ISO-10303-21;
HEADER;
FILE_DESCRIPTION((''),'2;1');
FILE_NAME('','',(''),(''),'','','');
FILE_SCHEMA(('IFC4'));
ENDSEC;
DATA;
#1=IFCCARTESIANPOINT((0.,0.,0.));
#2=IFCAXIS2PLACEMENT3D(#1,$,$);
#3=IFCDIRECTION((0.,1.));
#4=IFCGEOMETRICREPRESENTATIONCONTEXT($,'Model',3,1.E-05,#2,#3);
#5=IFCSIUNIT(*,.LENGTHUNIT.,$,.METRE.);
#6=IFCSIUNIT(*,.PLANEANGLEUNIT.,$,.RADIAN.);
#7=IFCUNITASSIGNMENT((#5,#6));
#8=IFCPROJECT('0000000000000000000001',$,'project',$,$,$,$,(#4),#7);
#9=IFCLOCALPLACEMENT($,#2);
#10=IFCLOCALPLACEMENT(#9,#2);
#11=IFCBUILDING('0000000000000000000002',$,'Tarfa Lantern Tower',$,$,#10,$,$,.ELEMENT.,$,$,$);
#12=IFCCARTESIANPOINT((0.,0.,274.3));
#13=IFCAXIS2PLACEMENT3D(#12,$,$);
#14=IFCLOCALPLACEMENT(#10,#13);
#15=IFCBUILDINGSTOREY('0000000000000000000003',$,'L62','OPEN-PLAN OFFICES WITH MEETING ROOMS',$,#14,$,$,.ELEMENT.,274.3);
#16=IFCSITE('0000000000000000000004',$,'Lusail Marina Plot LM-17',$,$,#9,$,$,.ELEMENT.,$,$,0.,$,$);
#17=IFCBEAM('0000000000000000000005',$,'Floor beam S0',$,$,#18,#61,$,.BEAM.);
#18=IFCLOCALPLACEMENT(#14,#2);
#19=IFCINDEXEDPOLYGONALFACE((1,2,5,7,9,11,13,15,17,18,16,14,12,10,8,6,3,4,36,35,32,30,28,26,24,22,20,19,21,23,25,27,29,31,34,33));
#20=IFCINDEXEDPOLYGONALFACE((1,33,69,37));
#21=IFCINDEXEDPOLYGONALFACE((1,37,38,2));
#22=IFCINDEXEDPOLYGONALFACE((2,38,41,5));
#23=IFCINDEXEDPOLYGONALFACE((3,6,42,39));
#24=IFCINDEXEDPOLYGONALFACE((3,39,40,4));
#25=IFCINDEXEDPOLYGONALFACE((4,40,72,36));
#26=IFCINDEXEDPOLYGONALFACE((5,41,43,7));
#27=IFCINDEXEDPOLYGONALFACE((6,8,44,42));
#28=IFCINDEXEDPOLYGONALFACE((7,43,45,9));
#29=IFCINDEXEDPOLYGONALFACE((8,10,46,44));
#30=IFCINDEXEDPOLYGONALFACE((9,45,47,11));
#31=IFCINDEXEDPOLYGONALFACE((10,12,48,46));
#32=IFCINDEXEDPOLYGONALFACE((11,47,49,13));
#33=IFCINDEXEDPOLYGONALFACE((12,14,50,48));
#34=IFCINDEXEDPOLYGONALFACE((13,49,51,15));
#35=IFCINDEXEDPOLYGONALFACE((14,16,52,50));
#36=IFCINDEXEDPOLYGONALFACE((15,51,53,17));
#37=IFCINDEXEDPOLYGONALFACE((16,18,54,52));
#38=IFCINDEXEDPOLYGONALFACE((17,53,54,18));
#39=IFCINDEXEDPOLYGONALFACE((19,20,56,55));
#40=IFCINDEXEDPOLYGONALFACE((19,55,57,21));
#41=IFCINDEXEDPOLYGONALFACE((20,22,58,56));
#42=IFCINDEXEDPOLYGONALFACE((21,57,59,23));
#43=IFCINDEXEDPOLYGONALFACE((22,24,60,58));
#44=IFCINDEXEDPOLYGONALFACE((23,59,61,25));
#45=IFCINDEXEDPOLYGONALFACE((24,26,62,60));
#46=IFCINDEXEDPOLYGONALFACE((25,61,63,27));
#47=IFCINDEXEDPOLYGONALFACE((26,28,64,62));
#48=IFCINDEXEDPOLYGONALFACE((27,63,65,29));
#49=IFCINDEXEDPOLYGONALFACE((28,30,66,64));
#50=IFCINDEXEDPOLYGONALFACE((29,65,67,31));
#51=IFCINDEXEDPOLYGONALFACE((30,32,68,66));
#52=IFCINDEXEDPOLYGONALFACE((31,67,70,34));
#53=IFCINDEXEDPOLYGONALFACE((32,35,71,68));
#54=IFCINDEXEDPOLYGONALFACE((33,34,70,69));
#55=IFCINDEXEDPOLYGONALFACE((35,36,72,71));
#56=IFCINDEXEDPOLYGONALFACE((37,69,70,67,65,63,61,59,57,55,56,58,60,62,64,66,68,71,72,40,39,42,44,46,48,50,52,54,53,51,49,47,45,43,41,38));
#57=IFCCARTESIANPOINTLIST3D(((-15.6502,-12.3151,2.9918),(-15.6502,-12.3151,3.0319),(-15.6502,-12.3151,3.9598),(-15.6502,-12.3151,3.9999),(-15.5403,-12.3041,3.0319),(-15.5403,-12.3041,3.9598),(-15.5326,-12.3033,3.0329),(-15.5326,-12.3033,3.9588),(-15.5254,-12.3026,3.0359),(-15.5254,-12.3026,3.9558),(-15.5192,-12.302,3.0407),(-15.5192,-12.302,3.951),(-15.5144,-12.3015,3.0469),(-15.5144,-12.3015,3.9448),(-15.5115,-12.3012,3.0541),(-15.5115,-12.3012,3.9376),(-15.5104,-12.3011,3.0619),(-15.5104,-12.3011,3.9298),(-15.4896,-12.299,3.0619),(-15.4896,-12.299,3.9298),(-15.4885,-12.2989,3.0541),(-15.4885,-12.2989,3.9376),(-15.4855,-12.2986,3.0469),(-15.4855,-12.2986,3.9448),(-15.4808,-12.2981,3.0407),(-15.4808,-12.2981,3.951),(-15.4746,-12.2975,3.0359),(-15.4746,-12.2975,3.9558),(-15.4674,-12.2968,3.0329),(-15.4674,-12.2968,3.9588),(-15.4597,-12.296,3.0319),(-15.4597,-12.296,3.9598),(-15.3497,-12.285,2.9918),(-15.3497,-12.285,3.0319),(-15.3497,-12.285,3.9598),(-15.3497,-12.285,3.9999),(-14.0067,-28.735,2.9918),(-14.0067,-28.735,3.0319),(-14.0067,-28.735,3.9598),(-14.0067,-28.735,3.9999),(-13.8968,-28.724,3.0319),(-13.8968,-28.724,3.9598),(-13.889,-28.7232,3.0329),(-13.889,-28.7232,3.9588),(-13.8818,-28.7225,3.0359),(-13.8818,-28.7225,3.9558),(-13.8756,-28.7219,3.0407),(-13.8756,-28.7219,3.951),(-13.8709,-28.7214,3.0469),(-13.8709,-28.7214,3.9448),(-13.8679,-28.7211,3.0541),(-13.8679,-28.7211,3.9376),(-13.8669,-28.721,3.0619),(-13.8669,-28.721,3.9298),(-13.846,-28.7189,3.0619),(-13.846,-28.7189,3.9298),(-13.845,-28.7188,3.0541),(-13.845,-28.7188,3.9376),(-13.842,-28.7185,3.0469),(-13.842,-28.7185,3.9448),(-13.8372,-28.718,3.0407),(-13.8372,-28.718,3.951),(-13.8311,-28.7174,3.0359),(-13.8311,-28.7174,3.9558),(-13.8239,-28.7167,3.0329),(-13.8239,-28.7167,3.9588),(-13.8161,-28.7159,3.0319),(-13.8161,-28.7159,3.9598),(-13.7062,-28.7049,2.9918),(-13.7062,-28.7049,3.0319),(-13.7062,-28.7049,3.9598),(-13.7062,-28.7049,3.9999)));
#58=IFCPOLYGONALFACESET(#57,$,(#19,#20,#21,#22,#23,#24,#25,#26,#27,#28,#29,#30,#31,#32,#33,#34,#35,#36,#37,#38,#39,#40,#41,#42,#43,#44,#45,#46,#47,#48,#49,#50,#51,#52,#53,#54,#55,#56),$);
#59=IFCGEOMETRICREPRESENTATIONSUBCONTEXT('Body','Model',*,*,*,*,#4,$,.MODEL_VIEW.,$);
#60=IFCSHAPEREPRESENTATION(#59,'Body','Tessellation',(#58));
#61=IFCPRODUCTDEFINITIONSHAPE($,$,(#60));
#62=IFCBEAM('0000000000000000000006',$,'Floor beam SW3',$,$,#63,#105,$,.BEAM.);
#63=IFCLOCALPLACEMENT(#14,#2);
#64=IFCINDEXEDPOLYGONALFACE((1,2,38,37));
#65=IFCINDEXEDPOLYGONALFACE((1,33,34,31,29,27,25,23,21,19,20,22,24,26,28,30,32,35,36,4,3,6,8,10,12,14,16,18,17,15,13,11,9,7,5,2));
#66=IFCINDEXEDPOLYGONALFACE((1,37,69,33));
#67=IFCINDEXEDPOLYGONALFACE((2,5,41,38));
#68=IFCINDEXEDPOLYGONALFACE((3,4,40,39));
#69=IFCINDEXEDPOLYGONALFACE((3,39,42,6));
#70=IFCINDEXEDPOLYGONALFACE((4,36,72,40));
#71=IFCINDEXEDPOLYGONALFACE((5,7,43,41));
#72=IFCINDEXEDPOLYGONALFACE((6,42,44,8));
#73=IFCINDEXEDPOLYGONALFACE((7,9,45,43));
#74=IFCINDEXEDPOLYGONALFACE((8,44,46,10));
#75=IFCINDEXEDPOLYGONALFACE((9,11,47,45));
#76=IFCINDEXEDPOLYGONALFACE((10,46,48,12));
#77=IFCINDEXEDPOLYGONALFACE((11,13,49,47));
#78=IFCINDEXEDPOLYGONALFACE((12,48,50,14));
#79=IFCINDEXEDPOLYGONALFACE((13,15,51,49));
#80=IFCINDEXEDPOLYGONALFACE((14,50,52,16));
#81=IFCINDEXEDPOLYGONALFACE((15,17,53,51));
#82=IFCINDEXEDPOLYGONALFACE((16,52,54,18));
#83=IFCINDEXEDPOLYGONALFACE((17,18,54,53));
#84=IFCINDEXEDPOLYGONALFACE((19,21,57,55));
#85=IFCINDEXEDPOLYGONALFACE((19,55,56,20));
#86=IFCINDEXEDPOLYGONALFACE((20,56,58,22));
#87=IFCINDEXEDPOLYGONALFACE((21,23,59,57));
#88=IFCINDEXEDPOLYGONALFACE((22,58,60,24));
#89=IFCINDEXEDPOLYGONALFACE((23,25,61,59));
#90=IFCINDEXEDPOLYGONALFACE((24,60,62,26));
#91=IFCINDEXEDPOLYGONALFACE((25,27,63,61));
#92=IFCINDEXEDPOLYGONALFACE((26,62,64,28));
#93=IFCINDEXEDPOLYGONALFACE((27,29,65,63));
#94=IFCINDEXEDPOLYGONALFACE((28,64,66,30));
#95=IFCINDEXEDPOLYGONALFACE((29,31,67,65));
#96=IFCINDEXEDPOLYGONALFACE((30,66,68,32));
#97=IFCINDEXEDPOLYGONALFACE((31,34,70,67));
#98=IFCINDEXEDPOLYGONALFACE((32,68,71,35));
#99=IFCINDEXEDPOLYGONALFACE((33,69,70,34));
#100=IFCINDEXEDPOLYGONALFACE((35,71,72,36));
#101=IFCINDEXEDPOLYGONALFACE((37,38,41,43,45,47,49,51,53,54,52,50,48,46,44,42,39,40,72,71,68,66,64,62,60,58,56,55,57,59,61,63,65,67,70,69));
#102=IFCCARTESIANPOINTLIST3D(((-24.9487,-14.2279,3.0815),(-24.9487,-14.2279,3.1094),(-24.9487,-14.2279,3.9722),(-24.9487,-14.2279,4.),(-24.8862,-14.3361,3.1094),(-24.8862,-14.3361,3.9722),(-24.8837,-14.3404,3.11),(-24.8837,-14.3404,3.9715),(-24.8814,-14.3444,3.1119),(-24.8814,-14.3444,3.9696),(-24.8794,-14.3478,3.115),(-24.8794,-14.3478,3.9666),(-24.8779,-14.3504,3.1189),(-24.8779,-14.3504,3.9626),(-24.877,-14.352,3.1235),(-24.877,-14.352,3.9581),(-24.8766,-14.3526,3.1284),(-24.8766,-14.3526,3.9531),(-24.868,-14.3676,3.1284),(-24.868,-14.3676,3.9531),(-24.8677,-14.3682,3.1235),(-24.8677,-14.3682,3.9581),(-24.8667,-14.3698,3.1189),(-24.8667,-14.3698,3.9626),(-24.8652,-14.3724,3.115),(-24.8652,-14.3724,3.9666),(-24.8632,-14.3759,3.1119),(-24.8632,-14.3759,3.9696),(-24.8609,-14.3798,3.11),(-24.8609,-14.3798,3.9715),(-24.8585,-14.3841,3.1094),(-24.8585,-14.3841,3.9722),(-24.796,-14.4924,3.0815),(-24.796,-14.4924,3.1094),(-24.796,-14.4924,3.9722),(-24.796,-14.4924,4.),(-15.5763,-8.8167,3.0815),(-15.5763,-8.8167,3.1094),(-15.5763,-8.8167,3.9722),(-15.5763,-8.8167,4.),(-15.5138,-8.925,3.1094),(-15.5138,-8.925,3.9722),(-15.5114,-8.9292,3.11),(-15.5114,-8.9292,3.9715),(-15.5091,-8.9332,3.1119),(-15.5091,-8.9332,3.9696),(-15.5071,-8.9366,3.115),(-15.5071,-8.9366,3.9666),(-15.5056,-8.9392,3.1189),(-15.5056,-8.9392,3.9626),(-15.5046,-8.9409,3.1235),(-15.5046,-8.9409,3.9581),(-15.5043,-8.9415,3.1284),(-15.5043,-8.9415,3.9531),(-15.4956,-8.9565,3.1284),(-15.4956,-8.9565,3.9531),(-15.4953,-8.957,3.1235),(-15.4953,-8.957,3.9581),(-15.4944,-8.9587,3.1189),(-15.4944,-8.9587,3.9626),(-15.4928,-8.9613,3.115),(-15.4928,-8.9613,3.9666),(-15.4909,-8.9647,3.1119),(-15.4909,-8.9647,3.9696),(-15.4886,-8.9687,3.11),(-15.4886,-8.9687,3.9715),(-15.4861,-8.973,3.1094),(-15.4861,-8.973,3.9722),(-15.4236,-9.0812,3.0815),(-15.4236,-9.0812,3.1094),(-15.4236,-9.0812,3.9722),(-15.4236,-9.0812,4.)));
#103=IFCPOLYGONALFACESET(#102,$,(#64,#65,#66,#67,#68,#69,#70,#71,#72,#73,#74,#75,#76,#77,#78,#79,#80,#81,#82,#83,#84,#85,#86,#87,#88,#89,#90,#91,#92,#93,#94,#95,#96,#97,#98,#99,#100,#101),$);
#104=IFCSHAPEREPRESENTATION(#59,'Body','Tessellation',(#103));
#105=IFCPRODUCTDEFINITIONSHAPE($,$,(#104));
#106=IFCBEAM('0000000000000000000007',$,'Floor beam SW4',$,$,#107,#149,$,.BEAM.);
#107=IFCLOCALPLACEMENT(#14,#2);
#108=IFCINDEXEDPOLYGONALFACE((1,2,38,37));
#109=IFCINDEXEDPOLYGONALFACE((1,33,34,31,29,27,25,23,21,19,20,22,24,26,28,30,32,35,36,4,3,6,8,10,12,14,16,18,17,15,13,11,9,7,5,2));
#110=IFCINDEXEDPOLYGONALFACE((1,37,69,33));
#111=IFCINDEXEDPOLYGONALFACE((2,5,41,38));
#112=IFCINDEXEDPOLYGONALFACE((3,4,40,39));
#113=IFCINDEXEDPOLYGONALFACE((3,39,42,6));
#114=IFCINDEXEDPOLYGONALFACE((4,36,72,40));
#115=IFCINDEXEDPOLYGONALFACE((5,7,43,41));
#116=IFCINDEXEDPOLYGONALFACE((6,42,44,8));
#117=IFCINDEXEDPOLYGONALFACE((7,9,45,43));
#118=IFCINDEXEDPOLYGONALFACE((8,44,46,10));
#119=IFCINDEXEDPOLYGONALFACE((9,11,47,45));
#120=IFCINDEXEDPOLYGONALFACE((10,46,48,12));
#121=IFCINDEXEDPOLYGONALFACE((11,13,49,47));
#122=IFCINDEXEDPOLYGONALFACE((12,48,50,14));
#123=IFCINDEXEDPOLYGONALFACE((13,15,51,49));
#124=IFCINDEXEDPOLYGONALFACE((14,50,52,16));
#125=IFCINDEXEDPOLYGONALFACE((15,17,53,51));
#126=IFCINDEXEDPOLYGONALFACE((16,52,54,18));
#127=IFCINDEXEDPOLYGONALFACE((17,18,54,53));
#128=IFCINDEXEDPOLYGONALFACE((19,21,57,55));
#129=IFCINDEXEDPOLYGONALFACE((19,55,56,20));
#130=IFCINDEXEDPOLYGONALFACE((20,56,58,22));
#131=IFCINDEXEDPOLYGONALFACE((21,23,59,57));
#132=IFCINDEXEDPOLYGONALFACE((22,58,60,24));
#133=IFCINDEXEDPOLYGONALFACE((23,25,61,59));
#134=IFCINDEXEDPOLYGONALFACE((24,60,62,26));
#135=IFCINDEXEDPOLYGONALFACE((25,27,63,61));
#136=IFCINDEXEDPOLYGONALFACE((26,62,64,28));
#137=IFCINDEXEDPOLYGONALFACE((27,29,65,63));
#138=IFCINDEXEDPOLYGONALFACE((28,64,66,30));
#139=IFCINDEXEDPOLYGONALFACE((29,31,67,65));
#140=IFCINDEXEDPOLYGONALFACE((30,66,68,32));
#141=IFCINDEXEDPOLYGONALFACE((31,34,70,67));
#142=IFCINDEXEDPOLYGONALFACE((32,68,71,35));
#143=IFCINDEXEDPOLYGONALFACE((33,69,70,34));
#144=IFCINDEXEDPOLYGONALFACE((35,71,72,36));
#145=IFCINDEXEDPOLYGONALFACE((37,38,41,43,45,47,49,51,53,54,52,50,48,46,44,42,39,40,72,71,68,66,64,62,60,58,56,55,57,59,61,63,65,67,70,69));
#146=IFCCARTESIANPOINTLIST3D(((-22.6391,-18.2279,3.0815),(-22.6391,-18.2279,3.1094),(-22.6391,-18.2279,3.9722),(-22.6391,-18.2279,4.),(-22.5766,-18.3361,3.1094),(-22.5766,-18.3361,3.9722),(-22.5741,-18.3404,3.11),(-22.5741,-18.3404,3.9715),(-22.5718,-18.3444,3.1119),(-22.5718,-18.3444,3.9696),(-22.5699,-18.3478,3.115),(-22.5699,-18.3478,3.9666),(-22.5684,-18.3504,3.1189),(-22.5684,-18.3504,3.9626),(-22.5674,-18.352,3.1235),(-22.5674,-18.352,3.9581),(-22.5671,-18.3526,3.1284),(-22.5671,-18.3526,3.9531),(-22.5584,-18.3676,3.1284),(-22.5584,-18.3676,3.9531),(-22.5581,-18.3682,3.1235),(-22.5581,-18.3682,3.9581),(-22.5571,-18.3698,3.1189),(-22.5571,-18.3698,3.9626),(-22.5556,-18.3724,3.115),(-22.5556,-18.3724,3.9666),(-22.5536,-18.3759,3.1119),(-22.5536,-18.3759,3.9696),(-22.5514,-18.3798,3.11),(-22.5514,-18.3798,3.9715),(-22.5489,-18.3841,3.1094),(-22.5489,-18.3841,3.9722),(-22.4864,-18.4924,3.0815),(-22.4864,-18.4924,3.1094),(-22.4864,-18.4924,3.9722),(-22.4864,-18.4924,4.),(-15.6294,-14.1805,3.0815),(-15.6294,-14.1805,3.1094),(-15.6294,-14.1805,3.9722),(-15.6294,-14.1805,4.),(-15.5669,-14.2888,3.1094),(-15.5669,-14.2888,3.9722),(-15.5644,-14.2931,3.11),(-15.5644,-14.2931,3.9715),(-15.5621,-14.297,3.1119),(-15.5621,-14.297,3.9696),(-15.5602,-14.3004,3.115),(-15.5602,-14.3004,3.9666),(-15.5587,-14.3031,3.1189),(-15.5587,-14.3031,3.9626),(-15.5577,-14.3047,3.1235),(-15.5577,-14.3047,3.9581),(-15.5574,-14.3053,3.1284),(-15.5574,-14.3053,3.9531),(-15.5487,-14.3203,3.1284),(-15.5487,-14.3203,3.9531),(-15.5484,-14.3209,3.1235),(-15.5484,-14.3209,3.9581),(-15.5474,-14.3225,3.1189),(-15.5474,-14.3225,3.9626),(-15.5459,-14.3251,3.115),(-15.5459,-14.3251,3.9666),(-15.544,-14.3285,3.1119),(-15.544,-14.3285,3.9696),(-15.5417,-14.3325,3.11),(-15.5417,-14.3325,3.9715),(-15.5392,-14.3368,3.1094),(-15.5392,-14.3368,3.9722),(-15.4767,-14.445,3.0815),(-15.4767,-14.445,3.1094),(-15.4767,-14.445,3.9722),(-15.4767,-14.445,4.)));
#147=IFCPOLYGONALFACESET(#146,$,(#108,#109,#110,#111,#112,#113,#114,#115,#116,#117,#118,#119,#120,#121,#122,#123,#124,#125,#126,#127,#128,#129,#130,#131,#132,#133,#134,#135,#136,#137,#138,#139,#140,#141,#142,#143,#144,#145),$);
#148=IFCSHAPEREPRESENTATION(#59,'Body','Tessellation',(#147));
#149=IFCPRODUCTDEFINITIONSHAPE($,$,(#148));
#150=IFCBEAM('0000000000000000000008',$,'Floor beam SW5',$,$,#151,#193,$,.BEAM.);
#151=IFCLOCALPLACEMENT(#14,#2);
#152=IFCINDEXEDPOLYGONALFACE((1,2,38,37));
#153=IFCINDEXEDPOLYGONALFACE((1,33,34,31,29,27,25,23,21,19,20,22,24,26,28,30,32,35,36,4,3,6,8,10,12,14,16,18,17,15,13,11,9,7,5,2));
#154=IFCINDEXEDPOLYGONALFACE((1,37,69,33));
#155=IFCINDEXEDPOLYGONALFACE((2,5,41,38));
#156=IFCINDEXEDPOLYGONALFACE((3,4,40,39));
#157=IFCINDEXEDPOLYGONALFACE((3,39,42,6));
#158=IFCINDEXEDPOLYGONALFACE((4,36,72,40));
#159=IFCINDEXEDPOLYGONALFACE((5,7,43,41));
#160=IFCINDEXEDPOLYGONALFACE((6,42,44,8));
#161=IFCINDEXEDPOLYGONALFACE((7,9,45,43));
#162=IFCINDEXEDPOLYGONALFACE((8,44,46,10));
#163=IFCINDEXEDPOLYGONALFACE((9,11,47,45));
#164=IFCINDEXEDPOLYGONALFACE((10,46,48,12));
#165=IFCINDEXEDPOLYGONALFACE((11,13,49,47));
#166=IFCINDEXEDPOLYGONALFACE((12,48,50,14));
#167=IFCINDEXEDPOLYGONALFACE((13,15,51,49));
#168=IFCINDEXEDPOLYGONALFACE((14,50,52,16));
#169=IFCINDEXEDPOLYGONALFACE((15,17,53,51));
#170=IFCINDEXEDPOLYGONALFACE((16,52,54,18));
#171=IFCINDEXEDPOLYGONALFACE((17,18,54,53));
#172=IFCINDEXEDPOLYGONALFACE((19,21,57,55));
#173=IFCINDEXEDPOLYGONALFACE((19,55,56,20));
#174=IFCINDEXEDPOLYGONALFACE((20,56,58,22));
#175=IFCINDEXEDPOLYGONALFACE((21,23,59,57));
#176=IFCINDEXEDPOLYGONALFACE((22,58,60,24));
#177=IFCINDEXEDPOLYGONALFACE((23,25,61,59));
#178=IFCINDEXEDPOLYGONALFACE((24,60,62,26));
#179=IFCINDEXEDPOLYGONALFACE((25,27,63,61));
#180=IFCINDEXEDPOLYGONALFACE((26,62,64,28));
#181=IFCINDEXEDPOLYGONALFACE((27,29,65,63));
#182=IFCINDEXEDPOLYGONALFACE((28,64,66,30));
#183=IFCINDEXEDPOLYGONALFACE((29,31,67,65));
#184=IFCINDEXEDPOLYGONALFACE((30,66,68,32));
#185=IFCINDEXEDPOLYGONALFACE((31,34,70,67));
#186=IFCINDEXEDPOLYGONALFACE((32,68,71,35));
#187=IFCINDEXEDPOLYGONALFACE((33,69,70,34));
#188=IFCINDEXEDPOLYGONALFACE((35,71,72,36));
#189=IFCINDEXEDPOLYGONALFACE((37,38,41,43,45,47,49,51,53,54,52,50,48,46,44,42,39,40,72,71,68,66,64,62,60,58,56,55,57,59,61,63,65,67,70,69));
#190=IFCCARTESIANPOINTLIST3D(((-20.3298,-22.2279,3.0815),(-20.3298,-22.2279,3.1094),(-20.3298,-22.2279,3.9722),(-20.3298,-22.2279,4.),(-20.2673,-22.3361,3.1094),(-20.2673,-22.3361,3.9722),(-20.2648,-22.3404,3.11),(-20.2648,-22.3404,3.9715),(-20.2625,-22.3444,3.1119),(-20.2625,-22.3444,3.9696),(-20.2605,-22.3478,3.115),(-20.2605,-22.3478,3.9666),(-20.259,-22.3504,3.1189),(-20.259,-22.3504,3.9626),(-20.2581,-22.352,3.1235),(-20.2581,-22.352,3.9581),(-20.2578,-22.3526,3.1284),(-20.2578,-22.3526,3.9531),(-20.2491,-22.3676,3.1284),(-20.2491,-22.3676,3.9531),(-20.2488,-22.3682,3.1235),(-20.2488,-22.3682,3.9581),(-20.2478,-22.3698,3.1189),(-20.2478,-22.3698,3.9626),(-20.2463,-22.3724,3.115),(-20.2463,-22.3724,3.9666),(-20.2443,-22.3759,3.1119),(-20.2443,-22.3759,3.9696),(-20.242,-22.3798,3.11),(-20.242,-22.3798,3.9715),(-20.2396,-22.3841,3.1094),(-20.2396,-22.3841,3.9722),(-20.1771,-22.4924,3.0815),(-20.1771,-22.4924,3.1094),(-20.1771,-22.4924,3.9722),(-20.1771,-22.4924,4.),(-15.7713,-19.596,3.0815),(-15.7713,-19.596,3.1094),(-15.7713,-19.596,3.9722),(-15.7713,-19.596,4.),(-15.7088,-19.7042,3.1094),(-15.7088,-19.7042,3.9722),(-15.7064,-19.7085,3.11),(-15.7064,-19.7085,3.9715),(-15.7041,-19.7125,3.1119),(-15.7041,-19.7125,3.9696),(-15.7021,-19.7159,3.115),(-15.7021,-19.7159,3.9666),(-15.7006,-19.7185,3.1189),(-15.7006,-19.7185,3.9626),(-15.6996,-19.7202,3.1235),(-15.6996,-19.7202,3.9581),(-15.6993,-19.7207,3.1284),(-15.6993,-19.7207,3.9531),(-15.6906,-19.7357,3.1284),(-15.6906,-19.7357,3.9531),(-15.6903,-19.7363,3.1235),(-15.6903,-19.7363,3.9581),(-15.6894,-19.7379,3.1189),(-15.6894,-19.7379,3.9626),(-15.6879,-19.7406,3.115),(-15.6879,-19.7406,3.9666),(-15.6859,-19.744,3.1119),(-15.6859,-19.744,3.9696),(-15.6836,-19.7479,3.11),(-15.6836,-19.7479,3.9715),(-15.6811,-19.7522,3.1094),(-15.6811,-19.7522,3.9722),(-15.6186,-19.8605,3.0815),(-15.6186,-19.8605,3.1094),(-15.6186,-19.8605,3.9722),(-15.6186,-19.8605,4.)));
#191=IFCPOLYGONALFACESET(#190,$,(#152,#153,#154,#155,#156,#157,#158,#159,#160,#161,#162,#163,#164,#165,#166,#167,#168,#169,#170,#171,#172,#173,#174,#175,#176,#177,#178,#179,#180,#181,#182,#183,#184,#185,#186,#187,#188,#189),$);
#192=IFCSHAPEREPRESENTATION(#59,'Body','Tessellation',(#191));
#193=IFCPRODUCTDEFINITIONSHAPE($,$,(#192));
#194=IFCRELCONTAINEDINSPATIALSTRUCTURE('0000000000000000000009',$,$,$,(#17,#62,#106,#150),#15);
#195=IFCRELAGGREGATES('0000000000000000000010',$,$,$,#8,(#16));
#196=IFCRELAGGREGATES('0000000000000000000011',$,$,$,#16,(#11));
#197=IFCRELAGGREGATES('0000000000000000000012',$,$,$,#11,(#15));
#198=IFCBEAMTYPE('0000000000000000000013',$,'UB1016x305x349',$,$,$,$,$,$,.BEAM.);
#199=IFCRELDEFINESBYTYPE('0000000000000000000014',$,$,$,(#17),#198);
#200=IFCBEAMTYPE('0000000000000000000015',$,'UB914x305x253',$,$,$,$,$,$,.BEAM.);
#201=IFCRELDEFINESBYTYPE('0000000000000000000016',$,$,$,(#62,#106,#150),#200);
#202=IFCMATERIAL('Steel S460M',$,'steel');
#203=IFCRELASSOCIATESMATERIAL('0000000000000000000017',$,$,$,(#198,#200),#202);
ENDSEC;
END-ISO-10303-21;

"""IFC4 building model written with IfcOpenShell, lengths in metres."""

from ifc_helpers import new_model, si_unit, direction, frame, origin, origin_2d, place, context, subcontext, project, spatial, i_section, extrude, material, material_profile, profile_set, type_object, element, save


model = new_model("IFC4")

# Units and contexts
model_context = context("Model", 3, precision=1e-05, world=origin(), true_north=direction((0.0, 1.0)))
body_context = subcontext(model_context, "Body", "Model", "MODEL_VIEW")
ifc_project = project(units=[si_unit("LENGTHUNIT", "METRE"), si_unit("PLANEANGLEUNIT", "RADIAN")], contexts=[model_context])

# Site, building, storey
site_placement = place(None, origin())
site = spatial("IfcSite", under=ifc_project, at=site_placement, Name="Lusail Marina Plot LM-17", CompositionType="ELEMENT", RefElevation=0.0)
building_placement = place(site_placement, origin())
building = spatial("IfcBuilding", under=site, at=building_placement, Name="Tarfa Lantern Tower", CompositionType="ELEMENT")
storey_placement = place(building_placement, frame((0.0, 0.0, 274.3)))
storey = spatial("IfcBuildingStorey", under=building, at=storey_placement, Name="L62", Description="OPEN-PLAN OFFICES WITH MEETING ROOMS", CompositionType="ELEMENT", Elevation=274.3)

# Beams
ifc_material_1 = material(Name="Steel S460M", Category="steel")
ifc_material_profile_1 = material_profile(ifc_material_1, i_section(OverallWidth=0.302, OverallDepth=1.0081, WebThickness=0.021, FlangeThickness=0.04, FilletRadius=0.03, at=origin_2d()), Name="UB1016x305x349")
ifc_profile_set_1 = profile_set([ifc_material_profile_1], Name="Steel S460M")
beam_type_1 = type_object("IfcBeamType", Name="UB1016x305x349", PredefinedType="BEAM", material=ifc_profile_set_1)
beam_1_placement = place(storey_placement, frame((-13.8564, -28.72, 3.4958), z_axis=(-0.099597, 0.995028, 0.0), x_axis=(-0.995028, -0.099597, 0.0)))
element("IfcBeam", 1, at=beam_1_placement, inside=storey, type_object=beam_type_1, Name="Floor beam S0", PredefinedType="BEAM", context=body_context, shape_type="SweptSolid", body=[
    extrude(i_section(OverallWidth=0.302, OverallDepth=1.0081, WebThickness=0.021, FlangeThickness=0.04, FilletRadius=0.03, at=origin_2d()), origin(), (0.0, 0.0, 1.0), 16.502),
])
ifc_material_profile_2 = material_profile(ifc_material_1, i_section(OverallWidth=0.3054, OverallDepth=0.9185, WebThickness=0.0173, FlangeThickness=0.0278, FilletRadius=0.019, at=origin_2d()), Name="UB914x305x253")
ifc_profile_set_2 = profile_set([ifc_material_profile_2], Name="Steel S460M")
beam_type_2 = type_object("IfcBeamType", Name="UB914x305x253", PredefinedType="BEAM", material=ifc_profile_set_2)
beam_2_placement = place(storey_placement, frame((-24.8723, -14.3601, 3.5408), z_axis=(0.866024, 0.500002, 0.0), x_axis=(-0.500002, 0.866024, 0.0)))
element("IfcBeam", 2, at=beam_2_placement, inside=storey, type_object=beam_type_2, Name="Floor beam SW3", PredefinedType="BEAM", context=body_context, shape_type="SweptSolid", body=[
    extrude(i_section(OverallWidth=0.3054, OverallDepth=0.9185, WebThickness=0.0173, FlangeThickness=0.0278, FilletRadius=0.019, at=origin_2d()), origin(), (0.0, 0.0, 1.0), 10.8223),
])
beam_3_placement = place(storey_placement, frame((-22.5627, -18.3601, 3.5408), z_axis=(0.866011, 0.500025, 0.0), x_axis=(-0.500025, 0.866011, 0.0)))
element("IfcBeam", 3, at=beam_3_placement, inside=storey, type_object=beam_type_2, Name="Floor beam SW4", PredefinedType="BEAM", context=body_context, shape_type="SweptSolid", body=[
    extrude(i_section(OverallWidth=0.3054, OverallDepth=0.9185, WebThickness=0.0173, FlangeThickness=0.0278, FilletRadius=0.019, at=origin_2d()), origin(), (0.0, 0.0, 1.0), 8.0942),
])
beam_4_placement = place(storey_placement, frame((-20.2534, -22.3601, 3.5408), z_axis=(0.86602, 0.50001, 0.0), x_axis=(-0.50001, 0.86602, 0.0)))
element("IfcBeam", 4, at=beam_4_placement, inside=storey, type_object=beam_type_2, Name="Floor beam SW5", PredefinedType="BEAM", context=body_context, shape_type="SweptSolid", body=[
    extrude(i_section(OverallWidth=0.3054, OverallDepth=0.9185, WebThickness=0.0173, FlangeThickness=0.0278, FilletRadius=0.019, at=origin_2d()), origin(), (0.0, 0.0, 1.0), 5.2637),
])

save(model, "model.ifc")
